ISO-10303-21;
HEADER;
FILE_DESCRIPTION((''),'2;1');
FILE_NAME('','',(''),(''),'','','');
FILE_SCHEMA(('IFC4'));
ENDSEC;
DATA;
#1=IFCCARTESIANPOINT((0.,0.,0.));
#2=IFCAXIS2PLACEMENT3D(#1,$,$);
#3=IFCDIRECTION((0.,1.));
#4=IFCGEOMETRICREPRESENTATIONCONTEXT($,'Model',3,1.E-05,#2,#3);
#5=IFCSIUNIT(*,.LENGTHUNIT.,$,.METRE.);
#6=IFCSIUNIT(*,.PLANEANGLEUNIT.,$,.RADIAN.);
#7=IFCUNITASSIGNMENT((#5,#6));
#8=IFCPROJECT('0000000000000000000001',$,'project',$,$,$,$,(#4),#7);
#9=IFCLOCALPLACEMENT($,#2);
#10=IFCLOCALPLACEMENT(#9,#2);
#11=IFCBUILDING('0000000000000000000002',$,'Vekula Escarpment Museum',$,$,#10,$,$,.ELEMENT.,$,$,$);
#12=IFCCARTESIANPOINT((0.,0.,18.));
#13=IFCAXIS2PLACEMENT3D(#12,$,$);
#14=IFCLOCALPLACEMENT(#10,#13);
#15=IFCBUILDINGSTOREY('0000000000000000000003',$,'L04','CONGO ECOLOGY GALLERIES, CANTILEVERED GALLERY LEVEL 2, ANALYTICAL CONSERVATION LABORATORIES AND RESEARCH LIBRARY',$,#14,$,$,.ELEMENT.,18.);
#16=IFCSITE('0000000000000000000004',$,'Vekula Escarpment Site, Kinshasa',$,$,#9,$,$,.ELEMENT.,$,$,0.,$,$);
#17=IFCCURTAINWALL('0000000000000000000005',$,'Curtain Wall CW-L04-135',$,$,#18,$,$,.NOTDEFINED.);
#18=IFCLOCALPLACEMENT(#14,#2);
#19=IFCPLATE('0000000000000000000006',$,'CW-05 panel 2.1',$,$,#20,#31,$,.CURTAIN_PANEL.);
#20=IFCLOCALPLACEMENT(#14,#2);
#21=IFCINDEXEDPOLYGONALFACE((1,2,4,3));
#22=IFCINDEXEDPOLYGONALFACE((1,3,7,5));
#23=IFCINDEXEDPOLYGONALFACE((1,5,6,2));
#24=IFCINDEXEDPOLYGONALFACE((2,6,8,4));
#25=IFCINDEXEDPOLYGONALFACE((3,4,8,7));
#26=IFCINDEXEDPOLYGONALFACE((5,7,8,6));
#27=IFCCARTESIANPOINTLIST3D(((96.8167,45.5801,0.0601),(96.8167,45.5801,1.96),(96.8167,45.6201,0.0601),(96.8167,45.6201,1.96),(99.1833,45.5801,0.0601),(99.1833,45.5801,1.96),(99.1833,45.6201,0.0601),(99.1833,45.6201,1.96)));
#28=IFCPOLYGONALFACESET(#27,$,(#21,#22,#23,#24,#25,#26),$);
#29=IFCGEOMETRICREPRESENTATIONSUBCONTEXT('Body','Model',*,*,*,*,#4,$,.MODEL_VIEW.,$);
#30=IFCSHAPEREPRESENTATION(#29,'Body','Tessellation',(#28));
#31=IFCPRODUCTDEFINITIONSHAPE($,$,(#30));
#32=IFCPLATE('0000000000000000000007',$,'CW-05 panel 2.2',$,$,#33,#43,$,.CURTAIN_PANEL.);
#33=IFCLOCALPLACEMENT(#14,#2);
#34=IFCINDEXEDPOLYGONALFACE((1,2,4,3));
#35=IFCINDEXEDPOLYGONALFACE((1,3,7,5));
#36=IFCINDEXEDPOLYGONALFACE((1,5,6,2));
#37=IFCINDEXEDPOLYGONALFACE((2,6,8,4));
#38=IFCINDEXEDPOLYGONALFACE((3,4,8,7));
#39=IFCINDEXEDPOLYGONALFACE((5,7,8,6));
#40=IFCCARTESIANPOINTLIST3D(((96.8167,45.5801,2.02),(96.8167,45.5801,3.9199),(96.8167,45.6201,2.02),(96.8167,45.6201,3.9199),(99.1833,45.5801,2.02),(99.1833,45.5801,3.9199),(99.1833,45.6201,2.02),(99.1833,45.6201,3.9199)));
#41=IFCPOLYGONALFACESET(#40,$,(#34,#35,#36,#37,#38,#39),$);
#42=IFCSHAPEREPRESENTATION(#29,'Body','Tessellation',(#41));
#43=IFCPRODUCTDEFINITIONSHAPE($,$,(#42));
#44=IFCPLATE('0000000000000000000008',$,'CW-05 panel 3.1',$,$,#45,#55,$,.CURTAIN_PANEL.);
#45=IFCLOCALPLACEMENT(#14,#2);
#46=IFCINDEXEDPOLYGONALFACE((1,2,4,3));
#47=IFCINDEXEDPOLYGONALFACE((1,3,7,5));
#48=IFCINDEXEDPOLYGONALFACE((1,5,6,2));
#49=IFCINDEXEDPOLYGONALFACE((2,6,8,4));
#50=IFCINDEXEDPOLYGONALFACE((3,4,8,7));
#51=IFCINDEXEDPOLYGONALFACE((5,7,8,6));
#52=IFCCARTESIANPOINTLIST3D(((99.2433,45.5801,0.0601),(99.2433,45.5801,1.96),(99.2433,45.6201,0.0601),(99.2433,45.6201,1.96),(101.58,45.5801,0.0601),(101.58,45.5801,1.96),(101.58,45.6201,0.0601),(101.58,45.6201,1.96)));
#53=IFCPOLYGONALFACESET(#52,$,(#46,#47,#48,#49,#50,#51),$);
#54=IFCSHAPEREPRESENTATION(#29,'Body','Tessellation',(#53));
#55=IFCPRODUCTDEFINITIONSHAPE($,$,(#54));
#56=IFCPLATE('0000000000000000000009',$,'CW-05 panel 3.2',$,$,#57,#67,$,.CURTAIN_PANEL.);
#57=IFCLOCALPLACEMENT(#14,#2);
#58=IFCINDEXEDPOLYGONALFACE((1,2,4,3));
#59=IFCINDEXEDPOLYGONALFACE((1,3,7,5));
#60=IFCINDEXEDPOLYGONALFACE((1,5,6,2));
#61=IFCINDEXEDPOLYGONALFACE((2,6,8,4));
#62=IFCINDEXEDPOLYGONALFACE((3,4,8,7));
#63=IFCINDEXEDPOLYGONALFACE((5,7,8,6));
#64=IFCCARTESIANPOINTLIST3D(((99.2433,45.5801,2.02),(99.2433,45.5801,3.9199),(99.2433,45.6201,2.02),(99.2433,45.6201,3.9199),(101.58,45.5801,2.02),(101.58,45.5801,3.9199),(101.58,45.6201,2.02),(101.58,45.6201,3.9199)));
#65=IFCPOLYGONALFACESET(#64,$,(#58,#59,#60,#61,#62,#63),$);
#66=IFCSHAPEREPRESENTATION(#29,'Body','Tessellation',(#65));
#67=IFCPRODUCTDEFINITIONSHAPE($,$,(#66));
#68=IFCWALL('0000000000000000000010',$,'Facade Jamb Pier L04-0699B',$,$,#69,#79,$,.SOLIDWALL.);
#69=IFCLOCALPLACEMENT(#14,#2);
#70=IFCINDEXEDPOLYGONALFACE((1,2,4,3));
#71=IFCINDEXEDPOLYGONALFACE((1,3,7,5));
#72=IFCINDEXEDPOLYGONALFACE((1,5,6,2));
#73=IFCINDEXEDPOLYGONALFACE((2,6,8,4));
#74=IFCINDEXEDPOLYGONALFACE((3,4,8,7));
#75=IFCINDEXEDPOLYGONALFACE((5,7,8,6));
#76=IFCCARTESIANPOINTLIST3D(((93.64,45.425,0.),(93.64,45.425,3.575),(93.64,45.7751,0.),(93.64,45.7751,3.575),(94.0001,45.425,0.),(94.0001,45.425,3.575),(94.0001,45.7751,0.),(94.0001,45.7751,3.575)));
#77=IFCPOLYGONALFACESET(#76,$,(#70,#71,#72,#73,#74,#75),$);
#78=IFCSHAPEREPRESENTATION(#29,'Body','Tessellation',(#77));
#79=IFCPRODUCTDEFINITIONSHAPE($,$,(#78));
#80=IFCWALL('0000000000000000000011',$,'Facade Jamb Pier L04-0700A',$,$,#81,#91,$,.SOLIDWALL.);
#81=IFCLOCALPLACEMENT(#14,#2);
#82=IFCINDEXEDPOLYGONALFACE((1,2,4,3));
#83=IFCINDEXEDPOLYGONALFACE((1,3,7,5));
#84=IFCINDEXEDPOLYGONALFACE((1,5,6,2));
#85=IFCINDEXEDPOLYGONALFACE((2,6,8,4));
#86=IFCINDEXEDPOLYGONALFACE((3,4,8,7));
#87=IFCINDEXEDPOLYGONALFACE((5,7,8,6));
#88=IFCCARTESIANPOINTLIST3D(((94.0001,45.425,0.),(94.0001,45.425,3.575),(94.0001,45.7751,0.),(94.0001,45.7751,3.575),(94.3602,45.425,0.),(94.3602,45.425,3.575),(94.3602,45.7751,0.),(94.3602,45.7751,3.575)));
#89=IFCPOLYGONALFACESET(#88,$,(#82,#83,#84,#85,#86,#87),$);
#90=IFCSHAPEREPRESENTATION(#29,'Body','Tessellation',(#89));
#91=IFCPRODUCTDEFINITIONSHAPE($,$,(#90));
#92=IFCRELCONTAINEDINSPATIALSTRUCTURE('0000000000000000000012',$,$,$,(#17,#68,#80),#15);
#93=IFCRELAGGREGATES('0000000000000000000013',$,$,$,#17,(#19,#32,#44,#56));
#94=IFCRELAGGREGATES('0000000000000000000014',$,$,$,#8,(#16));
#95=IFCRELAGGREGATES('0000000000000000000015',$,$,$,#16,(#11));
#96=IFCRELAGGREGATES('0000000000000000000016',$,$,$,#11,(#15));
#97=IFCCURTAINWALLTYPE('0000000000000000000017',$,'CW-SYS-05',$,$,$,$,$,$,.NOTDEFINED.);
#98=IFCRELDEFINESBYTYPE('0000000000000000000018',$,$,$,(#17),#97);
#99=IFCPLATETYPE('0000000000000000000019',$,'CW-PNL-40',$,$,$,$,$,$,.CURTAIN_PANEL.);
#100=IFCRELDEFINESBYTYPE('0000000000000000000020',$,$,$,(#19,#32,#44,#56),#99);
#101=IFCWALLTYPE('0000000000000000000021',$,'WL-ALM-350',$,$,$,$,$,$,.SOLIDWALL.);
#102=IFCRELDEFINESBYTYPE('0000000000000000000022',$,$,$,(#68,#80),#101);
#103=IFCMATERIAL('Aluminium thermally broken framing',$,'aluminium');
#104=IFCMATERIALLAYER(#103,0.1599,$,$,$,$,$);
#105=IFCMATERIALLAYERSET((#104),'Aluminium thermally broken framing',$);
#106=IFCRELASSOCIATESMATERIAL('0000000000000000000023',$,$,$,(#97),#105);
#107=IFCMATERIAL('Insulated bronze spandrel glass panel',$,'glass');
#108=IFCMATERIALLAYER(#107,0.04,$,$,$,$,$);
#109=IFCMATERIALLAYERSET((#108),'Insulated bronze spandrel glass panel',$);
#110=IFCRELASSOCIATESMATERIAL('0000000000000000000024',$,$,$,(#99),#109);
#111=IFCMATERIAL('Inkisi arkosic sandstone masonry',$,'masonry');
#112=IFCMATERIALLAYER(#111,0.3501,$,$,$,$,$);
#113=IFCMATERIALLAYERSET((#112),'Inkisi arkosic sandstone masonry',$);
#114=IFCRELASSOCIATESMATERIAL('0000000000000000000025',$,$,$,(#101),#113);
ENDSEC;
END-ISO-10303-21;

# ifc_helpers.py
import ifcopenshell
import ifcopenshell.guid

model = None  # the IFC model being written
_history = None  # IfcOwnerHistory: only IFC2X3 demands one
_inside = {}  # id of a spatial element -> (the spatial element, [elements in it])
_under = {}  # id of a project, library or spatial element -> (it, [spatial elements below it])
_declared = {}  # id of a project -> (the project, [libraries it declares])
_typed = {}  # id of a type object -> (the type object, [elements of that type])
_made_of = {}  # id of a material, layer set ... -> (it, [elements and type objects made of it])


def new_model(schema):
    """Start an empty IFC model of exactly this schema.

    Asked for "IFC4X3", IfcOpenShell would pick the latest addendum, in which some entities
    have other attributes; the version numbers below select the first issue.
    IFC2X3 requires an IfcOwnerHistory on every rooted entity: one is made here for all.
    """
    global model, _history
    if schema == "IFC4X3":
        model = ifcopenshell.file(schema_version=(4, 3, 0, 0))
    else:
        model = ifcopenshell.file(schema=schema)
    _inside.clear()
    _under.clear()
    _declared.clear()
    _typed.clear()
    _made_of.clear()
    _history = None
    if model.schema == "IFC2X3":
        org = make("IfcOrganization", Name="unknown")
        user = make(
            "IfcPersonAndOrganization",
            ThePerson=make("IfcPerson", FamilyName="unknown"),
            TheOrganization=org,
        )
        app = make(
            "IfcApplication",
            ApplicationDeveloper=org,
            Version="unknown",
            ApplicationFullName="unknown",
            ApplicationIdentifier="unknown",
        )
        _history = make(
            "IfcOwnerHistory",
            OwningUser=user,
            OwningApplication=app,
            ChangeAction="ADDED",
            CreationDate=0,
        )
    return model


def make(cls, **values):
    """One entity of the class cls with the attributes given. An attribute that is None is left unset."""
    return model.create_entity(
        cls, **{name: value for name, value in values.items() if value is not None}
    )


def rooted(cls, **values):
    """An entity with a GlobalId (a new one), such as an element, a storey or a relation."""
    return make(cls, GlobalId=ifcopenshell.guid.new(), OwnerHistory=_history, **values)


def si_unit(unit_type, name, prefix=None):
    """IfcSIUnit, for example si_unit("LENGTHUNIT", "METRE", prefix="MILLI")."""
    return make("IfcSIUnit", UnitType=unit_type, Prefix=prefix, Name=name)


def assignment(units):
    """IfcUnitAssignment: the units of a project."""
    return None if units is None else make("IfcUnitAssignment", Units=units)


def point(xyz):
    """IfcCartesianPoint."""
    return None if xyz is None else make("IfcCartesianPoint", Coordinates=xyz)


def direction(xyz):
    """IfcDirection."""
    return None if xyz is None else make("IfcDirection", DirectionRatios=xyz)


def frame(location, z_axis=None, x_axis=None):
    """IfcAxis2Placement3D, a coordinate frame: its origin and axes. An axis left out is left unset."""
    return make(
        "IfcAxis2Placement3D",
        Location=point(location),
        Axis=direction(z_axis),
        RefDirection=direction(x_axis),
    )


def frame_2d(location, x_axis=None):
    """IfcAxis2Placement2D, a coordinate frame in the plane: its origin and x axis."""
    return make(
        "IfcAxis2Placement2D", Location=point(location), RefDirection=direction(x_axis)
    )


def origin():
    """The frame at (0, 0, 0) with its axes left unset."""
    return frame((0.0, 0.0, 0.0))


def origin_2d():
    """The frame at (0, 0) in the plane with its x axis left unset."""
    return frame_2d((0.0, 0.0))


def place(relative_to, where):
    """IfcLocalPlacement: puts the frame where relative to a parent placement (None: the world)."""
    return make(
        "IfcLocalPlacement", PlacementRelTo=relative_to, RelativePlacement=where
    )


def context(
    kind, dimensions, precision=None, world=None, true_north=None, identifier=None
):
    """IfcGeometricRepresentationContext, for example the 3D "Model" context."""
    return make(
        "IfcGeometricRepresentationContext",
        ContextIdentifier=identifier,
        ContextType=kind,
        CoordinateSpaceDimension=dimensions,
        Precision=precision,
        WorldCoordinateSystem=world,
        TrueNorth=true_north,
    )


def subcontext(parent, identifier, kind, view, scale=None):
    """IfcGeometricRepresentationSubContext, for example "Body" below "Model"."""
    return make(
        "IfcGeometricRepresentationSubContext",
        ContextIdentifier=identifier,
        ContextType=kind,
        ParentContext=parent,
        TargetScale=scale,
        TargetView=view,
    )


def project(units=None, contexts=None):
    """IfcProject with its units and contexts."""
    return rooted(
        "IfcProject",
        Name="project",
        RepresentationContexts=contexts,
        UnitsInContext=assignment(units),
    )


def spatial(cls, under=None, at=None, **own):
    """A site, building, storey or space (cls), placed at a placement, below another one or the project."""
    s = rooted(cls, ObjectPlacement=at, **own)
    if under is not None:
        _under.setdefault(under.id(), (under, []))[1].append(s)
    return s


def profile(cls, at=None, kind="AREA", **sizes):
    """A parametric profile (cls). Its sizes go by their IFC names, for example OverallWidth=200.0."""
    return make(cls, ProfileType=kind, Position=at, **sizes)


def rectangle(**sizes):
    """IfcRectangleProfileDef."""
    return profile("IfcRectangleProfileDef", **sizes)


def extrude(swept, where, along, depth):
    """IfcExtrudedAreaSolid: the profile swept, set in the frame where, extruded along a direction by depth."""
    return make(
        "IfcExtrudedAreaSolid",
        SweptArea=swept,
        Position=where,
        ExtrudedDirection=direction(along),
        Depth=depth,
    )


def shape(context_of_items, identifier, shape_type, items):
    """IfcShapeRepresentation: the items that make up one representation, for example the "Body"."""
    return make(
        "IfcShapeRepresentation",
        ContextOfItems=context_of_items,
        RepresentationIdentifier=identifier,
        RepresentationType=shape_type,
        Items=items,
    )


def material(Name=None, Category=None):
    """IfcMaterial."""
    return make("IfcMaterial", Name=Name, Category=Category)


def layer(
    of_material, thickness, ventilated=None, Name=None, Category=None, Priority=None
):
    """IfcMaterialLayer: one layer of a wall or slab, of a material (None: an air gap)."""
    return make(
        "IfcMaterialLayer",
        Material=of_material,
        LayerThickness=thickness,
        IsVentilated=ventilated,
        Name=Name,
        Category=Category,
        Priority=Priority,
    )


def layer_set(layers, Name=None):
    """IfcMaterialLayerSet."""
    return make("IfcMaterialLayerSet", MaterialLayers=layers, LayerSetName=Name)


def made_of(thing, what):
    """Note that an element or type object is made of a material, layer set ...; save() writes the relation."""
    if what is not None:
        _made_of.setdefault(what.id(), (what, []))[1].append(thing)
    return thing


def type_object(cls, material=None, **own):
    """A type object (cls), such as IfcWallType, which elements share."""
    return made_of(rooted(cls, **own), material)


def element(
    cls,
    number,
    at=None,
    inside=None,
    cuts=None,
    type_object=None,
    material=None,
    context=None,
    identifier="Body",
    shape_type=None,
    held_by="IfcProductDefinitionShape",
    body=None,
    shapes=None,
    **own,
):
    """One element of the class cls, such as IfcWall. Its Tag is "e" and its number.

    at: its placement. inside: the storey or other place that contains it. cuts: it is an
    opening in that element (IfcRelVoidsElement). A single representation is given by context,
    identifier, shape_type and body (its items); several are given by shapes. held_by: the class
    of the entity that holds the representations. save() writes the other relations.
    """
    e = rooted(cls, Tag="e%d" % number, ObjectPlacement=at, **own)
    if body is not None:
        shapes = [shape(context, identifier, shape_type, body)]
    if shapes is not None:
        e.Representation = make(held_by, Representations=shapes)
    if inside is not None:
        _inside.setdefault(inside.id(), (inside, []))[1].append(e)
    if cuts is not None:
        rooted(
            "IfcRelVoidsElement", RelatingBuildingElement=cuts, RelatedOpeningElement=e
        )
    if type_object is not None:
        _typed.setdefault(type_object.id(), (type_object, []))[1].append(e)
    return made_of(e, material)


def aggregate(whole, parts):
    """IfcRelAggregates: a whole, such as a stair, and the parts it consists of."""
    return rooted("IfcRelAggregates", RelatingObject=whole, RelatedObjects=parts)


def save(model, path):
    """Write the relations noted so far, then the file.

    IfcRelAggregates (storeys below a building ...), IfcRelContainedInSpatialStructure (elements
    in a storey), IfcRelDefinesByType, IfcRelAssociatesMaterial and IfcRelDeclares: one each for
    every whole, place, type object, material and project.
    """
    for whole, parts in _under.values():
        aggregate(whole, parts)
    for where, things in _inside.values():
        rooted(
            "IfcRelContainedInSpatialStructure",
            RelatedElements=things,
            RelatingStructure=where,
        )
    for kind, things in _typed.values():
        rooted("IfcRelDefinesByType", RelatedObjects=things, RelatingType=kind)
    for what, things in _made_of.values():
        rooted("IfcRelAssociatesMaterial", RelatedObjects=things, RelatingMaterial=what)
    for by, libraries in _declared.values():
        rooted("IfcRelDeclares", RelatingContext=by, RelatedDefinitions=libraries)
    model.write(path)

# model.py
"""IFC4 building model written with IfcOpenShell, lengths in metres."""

from ifc_helpers import new_model, si_unit, direction, frame, frame_2d, origin, origin_2d, place, context, subcontext, project, spatial, rectangle, extrude, material, layer, layer_set, type_object, element, aggregate, save


model = new_model("IFC4")

# Units and contexts
model_context = context("Model", 3, precision=1e-05, world=origin(), true_north=direction((0.0, 1.0)))
body_context = subcontext(model_context, "Body", "Model", "MODEL_VIEW")
ifc_project = project(units=[si_unit("LENGTHUNIT", "METRE"), si_unit("PLANEANGLEUNIT", "RADIAN")], contexts=[model_context])

# Site, building, storey
site_placement = place(None, origin())
site = spatial("IfcSite", under=ifc_project, at=site_placement, Name="Vekula Escarpment Site, Kinshasa", CompositionType="ELEMENT", RefElevation=0.0)
building_placement = place(site_placement, origin())
building = spatial("IfcBuilding", under=site, at=building_placement, Name="Vekula Escarpment Museum", CompositionType="ELEMENT")
storey_placement = place(building_placement, frame((0.0, 0.0, 18.0)))
storey = spatial("IfcBuildingStorey", under=building, at=storey_placement, Name="L04", Description="CONGO ECOLOGY GALLERIES, CANTILEVERED GALLERY LEVEL 2, ANALYTICAL CONSERVATION LABORATORIES AND RESEARCH LIBRARY", CompositionType="ELEMENT", Elevation=18.0)

# Curtain wall
ifc_material_1 = material(Name="Aluminium thermally broken framing", Category="aluminium")
ifc_layer_1 = layer(ifc_material_1, 0.1599)
ifc_layer_set_1 = layer_set([ifc_layer_1], Name="Aluminium thermally broken framing")
curtain_wall_type_1 = type_object("IfcCurtainWallType", Name="CW-SYS-05", PredefinedType="NOTDEFINED", material=ifc_layer_set_1)
curtain_wall_1_placement = place(storey_placement, origin())
curtain_wall_1 = element("IfcCurtainWall", 1, at=curtain_wall_1_placement, inside=storey, type_object=curtain_wall_type_1, Name="Curtain Wall CW-L04-135", PredefinedType="NOTDEFINED")

# Plates
ifc_material_2 = material(Name="Insulated bronze spandrel glass panel", Category="glass")
ifc_layer_2 = layer(ifc_material_2, 0.04)
ifc_layer_set_2 = layer_set([ifc_layer_2], Name="Insulated bronze spandrel glass panel")
plate_type_1 = type_object("IfcPlateType", Name="CW-PNL-40", PredefinedType="CURTAIN_PANEL", material=ifc_layer_set_2)
plate_1_placement = place(storey_placement, frame((98.0, 45.6001, 0.0601), z_axis=(0.0, 0.0, 1.0), x_axis=(1.0, 0.0, 0.0)))
plate_1 = element("IfcPlate", 2, at=plate_1_placement, type_object=plate_type_1, Name="CW-05 panel 2.1", PredefinedType="CURTAIN_PANEL", context=body_context, shape_type="SweptSolid", body=[
    extrude(rectangle(XDim=2.3667, YDim=0.04, at=origin_2d()), origin(), (0.0, 0.0, 1.0), 1.8999),
])
plate_2_placement = place(storey_placement, frame((98.0, 45.6001, 2.02), z_axis=(0.0, 0.0, 1.0), x_axis=(1.0, 0.0, 0.0)))
plate_2 = element("IfcPlate", 3, at=plate_2_placement, type_object=plate_type_1, Name="CW-05 panel 2.2", PredefinedType="CURTAIN_PANEL", context=body_context, shape_type="SweptSolid", body=[
    extrude(rectangle(XDim=2.3667, YDim=0.04, at=origin_2d()), origin(), (0.0, 0.0, 1.0), 1.8999),
])
plate_3_placement = place(storey_placement, frame((100.4116, 45.6001, 0.0601), z_axis=(0.0, 0.0, 1.0), x_axis=(1.0, 0.0, 0.0)))
plate_3 = element("IfcPlate", 4, at=plate_3_placement, type_object=plate_type_1, Name="CW-05 panel 3.1", PredefinedType="CURTAIN_PANEL", context=body_context, shape_type="SweptSolid", body=[
    extrude(rectangle(XDim=2.3367, YDim=0.04, at=origin_2d()), origin(), (0.0, 0.0, 1.0), 1.8999),
])
plate_4_placement = place(storey_placement, frame((100.4116, 45.6001, 2.02), z_axis=(0.0, 0.0, 1.0), x_axis=(1.0, 0.0, 0.0)))
plate_4 = element("IfcPlate", 5, at=plate_4_placement, type_object=plate_type_1, Name="CW-05 panel 3.2", PredefinedType="CURTAIN_PANEL", context=body_context, shape_type="SweptSolid", body=[
    extrude(rectangle(XDim=2.3367, YDim=0.04, at=origin_2d()), origin(), (0.0, 0.0, 1.0), 1.8999),
])
aggregate(curtain_wall_1, [plate_1, plate_2, plate_3, plate_4])

# Walls
ifc_material_3 = material(Name="Inkisi arkosic sandstone masonry", Category="masonry")
ifc_layer_3 = layer(ifc_material_3, 0.3501)
ifc_layer_set_3 = layer_set([ifc_layer_3], Name="Inkisi arkosic sandstone masonry")
wall_type = type_object("IfcWallType", Name="WL-ALM-350", PredefinedType="SOLIDWALL", material=ifc_layer_set_3)
for number, where, z_axis, x_axis, name in (
    (6, (93.6399, 45.6001, 0.0), (0.0, 0.0, 1.0), (1.0, 0.0, 0.0), "Facade Jamb Pier L04-0699B"),
    (7, (94.0, 45.6001, 0.0), (0.0, 0.0, 1.0), (1.0, 0.0, 0.0), "Facade Jamb Pier L04-0700A"),
):
    element("IfcWall", number, at=place(storey_placement, frame(where, z_axis=z_axis, x_axis=x_axis)), inside=storey, type_object=wall_type, Name=name, PredefinedType="SOLIDWALL", context=body_context, shape_type="SweptSolid", body=[
        extrude(rectangle(XDim=0.3601, YDim=0.3501, at=frame_2d((0.1802, 0.0))), origin(), (0.0, 0.0, 1.0), 3.575),
    ])

save(model, "model.ifc")
